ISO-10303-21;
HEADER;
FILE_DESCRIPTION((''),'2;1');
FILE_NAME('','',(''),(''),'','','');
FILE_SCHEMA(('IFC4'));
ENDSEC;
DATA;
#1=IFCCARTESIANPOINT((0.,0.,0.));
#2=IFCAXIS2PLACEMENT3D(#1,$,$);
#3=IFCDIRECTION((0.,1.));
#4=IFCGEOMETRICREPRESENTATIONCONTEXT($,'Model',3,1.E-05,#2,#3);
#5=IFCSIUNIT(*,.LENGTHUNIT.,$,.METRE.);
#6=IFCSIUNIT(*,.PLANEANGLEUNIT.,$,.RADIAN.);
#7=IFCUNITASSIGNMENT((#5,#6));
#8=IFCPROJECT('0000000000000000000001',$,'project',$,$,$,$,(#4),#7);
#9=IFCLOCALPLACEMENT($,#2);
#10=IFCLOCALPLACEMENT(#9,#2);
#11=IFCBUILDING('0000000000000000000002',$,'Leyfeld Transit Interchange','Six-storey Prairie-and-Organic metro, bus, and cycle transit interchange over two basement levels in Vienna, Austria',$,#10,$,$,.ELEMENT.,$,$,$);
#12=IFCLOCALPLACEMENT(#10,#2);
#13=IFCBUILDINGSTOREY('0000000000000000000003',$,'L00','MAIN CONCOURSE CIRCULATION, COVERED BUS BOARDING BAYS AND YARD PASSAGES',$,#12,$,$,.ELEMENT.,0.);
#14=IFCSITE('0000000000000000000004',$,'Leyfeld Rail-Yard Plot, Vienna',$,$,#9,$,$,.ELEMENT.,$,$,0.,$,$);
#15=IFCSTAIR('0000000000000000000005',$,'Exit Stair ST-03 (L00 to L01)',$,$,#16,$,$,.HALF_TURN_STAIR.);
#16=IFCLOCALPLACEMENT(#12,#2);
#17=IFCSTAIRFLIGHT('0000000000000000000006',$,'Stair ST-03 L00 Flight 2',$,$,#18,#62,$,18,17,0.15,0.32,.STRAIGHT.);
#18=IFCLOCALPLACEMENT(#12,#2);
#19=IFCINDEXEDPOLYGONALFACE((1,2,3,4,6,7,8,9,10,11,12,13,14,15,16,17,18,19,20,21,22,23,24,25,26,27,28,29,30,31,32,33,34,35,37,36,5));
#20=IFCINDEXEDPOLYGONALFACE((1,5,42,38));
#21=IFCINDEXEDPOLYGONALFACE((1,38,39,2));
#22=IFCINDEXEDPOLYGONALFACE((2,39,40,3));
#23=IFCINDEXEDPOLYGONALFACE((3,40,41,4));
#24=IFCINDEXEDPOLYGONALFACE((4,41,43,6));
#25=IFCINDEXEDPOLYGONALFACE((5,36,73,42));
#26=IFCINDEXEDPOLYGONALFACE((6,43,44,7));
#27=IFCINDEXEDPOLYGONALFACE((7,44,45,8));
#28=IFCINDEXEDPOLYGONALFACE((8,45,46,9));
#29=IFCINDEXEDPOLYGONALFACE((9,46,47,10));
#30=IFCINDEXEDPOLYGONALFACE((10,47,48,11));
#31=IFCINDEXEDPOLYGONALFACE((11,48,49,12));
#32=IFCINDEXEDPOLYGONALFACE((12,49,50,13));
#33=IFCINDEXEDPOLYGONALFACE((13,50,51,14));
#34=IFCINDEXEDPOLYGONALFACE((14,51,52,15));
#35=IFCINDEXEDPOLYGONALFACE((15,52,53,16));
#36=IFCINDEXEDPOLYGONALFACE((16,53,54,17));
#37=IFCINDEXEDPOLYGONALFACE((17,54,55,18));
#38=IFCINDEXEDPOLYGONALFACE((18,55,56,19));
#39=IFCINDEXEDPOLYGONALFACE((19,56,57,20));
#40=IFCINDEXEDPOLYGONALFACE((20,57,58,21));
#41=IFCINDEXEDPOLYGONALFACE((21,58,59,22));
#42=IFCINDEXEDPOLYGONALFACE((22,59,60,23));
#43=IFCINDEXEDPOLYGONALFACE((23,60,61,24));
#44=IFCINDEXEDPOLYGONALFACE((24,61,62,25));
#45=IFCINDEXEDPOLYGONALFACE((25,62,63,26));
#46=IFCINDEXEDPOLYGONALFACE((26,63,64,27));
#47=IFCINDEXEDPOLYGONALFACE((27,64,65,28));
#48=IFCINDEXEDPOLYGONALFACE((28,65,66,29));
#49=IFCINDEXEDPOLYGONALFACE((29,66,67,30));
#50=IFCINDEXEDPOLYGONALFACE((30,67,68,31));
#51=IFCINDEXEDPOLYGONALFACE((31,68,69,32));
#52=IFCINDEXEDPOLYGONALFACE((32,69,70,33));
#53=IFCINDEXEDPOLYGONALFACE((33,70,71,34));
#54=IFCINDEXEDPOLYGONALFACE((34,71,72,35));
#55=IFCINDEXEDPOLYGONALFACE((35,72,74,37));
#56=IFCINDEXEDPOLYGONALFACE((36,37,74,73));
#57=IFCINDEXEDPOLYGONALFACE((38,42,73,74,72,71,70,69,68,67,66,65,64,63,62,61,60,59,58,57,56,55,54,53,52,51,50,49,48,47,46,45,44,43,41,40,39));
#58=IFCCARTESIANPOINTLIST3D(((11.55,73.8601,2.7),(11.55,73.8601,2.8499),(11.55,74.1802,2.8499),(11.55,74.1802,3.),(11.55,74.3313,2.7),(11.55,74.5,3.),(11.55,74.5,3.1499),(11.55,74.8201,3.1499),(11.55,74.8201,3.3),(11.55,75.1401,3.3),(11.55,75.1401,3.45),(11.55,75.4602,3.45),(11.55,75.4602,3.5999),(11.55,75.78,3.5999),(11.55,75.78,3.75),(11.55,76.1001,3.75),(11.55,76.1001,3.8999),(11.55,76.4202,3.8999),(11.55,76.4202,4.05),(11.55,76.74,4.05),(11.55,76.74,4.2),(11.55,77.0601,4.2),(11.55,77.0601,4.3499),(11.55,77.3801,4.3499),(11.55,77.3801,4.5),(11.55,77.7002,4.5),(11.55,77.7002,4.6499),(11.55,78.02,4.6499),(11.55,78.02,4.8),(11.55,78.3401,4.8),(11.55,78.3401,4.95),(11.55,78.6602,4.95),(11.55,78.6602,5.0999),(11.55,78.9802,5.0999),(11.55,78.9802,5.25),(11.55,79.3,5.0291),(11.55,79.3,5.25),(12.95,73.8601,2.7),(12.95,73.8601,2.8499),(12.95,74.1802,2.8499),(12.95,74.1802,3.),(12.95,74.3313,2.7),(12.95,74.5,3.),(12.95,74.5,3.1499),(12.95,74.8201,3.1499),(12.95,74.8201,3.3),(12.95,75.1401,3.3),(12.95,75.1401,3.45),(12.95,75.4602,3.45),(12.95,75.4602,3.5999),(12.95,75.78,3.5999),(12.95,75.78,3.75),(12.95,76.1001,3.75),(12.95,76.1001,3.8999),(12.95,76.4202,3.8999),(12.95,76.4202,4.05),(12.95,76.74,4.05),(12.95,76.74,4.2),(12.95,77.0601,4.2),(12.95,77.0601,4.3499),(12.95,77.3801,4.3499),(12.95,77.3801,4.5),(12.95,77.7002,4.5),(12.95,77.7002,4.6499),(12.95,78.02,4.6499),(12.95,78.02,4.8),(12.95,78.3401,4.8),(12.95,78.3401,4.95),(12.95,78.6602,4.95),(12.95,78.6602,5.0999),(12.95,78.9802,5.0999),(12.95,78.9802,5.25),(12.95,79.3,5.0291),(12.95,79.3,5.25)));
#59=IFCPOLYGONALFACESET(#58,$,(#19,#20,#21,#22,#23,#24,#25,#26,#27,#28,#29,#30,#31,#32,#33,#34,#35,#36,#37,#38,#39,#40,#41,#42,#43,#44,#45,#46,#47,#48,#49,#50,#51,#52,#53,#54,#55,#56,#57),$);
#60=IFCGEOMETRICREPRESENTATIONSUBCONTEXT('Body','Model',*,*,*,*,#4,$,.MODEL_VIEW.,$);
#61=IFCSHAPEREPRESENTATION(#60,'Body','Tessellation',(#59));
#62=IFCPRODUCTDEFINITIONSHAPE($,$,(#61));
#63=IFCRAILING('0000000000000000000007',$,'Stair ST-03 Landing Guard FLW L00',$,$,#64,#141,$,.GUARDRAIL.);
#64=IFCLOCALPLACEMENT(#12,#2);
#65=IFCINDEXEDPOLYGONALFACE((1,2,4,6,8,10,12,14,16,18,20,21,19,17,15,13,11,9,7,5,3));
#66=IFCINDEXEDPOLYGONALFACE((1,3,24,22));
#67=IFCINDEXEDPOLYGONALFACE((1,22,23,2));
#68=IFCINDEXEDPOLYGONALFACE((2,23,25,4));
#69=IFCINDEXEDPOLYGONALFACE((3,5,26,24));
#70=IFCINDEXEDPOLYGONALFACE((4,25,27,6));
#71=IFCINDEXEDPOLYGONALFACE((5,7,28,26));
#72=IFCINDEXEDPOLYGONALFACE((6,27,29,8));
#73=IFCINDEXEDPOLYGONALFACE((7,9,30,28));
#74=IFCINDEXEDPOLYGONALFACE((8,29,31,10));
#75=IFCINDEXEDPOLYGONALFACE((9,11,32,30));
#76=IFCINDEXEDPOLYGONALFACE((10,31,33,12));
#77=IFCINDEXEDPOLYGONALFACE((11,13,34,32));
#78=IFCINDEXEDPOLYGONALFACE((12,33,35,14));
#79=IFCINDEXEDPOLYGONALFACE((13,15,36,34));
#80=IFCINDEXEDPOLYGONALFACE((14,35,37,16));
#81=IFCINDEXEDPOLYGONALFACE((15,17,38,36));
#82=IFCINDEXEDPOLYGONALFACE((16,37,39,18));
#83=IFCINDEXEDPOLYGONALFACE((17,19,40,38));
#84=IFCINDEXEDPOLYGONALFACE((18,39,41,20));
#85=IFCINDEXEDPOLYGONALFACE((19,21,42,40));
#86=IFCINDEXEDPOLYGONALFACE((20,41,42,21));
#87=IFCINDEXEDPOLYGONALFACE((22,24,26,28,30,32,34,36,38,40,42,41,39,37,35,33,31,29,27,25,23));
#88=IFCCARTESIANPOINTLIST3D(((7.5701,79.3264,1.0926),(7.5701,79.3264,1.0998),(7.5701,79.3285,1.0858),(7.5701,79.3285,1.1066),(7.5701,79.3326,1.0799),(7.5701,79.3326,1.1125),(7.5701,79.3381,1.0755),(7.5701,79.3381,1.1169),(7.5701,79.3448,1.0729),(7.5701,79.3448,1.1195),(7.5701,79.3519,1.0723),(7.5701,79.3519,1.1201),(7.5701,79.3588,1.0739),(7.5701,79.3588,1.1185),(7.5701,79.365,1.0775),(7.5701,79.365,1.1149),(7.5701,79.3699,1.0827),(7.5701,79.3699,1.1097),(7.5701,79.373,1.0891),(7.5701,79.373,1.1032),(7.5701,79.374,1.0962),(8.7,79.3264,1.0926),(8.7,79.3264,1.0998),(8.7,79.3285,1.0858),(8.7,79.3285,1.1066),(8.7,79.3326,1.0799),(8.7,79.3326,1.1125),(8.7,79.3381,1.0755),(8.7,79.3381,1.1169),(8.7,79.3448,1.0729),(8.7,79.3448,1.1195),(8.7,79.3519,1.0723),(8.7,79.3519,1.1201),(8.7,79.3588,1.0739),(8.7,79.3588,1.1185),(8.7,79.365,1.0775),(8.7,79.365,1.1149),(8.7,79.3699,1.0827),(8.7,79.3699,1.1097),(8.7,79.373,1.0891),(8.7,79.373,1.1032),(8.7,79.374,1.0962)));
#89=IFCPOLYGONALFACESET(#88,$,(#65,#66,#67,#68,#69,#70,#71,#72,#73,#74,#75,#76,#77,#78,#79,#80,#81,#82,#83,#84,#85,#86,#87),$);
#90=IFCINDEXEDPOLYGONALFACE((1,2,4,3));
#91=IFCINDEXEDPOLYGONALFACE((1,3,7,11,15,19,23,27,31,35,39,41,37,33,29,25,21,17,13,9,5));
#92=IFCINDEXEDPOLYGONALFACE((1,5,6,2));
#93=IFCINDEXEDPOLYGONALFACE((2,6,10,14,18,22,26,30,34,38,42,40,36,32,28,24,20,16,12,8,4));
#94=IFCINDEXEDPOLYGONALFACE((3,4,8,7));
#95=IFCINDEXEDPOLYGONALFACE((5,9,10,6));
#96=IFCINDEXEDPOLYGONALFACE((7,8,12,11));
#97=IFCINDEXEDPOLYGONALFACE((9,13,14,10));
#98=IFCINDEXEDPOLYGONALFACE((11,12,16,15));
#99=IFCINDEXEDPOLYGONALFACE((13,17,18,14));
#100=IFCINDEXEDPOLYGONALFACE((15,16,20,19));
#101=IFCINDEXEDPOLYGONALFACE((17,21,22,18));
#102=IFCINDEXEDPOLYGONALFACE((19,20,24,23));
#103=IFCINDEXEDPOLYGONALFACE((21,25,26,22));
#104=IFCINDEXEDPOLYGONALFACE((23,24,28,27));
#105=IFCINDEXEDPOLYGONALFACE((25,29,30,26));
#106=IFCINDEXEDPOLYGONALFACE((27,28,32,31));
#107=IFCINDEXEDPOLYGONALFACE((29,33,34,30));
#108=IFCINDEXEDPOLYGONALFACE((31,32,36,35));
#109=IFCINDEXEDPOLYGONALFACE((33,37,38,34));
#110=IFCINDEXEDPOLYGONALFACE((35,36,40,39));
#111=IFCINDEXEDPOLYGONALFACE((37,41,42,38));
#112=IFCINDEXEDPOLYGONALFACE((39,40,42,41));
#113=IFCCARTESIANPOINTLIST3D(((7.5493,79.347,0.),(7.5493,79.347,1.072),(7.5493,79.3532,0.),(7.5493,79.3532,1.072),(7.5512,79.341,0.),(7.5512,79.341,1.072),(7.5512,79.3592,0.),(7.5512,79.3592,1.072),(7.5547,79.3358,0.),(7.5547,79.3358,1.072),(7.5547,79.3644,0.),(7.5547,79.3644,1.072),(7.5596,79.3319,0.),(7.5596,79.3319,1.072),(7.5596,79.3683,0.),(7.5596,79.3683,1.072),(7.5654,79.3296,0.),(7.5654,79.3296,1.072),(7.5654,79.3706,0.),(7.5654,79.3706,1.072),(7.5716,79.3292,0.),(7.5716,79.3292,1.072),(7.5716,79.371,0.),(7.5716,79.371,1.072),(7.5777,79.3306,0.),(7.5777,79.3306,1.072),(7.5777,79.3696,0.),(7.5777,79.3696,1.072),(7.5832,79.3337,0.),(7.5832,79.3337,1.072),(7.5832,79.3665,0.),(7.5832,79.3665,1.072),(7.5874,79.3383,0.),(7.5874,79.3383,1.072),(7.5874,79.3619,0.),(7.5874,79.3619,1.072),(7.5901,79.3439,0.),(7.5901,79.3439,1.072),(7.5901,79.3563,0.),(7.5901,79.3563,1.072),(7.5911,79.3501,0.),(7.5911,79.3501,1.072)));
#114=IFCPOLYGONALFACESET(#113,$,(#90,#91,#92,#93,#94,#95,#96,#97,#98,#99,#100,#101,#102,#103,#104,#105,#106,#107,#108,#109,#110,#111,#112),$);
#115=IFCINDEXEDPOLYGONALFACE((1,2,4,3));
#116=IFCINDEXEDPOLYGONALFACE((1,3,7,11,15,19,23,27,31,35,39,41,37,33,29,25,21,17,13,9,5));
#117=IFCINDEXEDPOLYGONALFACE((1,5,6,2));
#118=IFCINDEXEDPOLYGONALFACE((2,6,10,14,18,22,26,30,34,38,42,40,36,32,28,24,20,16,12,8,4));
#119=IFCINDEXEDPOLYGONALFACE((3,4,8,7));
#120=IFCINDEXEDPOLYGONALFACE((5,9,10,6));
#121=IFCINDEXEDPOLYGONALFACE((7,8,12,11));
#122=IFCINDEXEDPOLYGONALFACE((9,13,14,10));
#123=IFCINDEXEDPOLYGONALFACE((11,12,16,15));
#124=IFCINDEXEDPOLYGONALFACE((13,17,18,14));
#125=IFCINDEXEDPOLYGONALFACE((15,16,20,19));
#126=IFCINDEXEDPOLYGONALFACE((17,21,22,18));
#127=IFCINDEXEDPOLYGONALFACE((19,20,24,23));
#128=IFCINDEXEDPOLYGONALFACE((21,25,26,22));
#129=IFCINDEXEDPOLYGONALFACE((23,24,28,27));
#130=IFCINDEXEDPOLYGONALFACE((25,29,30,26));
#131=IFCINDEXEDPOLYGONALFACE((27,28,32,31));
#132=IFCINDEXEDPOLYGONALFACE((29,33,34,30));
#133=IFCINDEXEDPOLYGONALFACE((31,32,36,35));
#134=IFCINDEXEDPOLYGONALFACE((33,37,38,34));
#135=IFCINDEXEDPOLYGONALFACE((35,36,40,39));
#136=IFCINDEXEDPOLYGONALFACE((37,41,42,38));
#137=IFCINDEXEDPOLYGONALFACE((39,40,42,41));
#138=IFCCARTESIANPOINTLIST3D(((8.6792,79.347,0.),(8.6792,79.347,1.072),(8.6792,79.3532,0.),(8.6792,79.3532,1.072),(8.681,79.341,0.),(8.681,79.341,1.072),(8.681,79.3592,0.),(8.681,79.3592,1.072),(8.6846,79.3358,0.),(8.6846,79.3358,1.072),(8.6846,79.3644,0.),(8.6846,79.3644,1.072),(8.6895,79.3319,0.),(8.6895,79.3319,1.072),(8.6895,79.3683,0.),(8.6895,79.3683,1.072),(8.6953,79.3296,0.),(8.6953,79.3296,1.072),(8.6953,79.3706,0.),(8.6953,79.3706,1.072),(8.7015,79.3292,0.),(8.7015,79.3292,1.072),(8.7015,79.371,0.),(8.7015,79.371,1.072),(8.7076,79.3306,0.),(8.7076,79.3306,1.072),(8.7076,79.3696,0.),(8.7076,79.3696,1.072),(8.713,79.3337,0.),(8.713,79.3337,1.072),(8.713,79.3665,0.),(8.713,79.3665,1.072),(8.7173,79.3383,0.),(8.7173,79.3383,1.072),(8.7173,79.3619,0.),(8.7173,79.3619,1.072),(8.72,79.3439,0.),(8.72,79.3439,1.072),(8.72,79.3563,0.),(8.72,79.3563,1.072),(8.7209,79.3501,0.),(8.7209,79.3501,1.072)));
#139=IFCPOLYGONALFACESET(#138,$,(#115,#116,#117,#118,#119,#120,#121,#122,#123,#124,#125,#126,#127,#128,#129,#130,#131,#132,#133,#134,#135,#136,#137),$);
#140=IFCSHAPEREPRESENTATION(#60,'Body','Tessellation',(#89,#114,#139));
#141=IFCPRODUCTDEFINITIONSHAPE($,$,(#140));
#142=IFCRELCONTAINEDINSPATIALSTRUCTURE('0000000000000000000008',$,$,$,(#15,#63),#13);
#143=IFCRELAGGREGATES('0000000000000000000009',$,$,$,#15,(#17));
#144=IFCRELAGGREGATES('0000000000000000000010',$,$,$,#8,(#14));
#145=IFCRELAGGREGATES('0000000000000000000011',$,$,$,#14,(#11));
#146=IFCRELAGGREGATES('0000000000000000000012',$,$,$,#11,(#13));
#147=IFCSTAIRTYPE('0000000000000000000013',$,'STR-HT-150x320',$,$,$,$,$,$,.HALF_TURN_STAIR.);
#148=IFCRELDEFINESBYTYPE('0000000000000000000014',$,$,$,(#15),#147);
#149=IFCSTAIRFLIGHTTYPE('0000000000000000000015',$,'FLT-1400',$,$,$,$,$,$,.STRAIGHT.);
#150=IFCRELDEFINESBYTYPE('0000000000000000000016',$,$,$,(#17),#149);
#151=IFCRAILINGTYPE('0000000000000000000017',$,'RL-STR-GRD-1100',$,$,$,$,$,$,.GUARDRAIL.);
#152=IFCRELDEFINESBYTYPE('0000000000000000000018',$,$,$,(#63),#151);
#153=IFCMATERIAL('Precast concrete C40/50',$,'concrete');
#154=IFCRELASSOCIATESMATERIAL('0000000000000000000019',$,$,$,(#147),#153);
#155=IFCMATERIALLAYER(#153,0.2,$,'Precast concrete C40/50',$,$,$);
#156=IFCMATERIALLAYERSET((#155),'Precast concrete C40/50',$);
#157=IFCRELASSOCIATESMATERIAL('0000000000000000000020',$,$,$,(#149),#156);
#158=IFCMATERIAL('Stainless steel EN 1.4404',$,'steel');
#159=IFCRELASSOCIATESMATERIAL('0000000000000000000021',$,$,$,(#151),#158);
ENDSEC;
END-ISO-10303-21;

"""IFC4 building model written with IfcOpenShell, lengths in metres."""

from ifc_helpers import new_model, si_unit, direction, frame, origin, origin_2d, place, context, subcontext, project, spatial, polyline, circle, outline, extrude, material, layer, layer_set, type_object, element, aggregate, save


model = new_model("IFC4")

# Units and contexts
model_context = context("Model", 3, precision=1e-05, world=origin(), true_north=direction((0.0, 1.0)))
body_context = subcontext(model_context, "Body", "Model", "MODEL_VIEW")
ifc_project = project(units=[si_unit("LENGTHUNIT", "METRE"), si_unit("PLANEANGLEUNIT", "RADIAN")], contexts=[model_context])

# Site, building, storey
site_placement = place(None, origin())
site = spatial("IfcSite", under=ifc_project, at=site_placement, Name="Leyfeld Rail-Yard Plot, Vienna", CompositionType="ELEMENT", RefElevation=0.0)
building_placement = place(site_placement, origin())
building = spatial("IfcBuilding", under=site, at=building_placement, Name="Leyfeld Transit Interchange", Description="Six-storey Prairie-and-Organic metro, bus, and cycle transit interchange over two basement levels in Vienna, Austria", CompositionType="ELEMENT")
storey_placement = place(building_placement, origin())
storey = spatial("IfcBuildingStorey", under=building, at=storey_placement, Name="L00", Description="MAIN CONCOURSE CIRCULATION, COVERED BUS BOARDING BAYS AND YARD PASSAGES", CompositionType="ELEMENT", Elevation=0.0)

# Stair, stair flight
ifc_material_1 = material(Name="Precast concrete C40/50", Category="concrete")
stair_type = type_object("IfcStairType", Name="STR-HT-150x320", PredefinedType="HALF_TURN_STAIR", material=ifc_material_1)
stair_placement = place(storey_placement, origin())
stair = element("IfcStair", 1, at=stair_placement, inside=storey, type_object=stair_type, Name="Exit Stair ST-03 (L00 to L01)", PredefinedType="HALF_TURN_STAIR")
ifc_layer_1 = layer(ifc_material_1, 0.2, Name="Precast concrete C40/50")
ifc_layer_set_1 = layer_set([ifc_layer_1], Name="Precast concrete C40/50")
stair_flight_type = type_object("IfcStairFlightType", Name="FLT-1400", PredefinedType="STRAIGHT", material=ifc_layer_set_1)
stair_flight_1_placement = place(storey_placement, frame((12.25, 73.8601, 2.7), z_axis=(0.0, 0.0, 1.0), x_axis=(0.0, 1.0, 0.0)))
stair_flight_1 = element("IfcStairFlight", 2, at=stair_flight_1_placement, type_object=stair_flight_type, Name="Stair ST-03 L00 Flight 2", NumberOfRisers=18, NumberOfTreads=17, PredefinedType="STRAIGHT", RiserHeight=0.15, TreadLength=0.32, context=body_context, shape_type="SweptSolid", body=[
    extrude(outline(polyline([(0.0, 0.0), (0.0, 0.1499), (0.3201, 0.1499), (0.3201, 0.3), (0.6399, 0.3), (0.6399, 0.45), (0.96, 0.45), (0.96, 0.6001), (1.28, 0.6001), (1.28, 0.75), (1.6001, 0.75), (1.6001, 0.8999), (1.9199, 0.8999), (1.9199, 1.05), (2.24, 1.05), (2.24, 1.2), (2.5601, 1.2), (2.5601, 1.3501), (2.8799, 1.3501), (2.8799, 1.5), (3.2, 1.5), (3.2, 1.6499), (3.52, 1.6499), (3.52, 1.8), (3.8401, 1.8), (3.8401, 1.95), (4.1599, 1.95), (4.1599, 2.1001), (4.48, 2.1001), (4.48, 2.25), (4.8, 2.25), (4.8, 2.3999), (5.1201, 2.3999), (5.1201, 2.55), (5.4399, 2.55), (5.4399, 2.7), (5.4399, 2.3291), (0.4712, 0.0), (0.0, 0.0)])), frame((0.0, 0.7, 0.0), z_axis=(0.0, -1.0, 0.0), x_axis=(1.0, 0.0, 0.0)), (0.0, 0.0, 1.0), 1.3999),
])
aggregate(stair, [stair_flight_1])

# Railing
ifc_material_2 = material(Name="Stainless steel EN 1.4404", Category="steel")
railing_type_1 = type_object("IfcRailingType", Name="RL-STR-GRD-1100", PredefinedType="GUARDRAIL", material=ifc_material_2)
railing_1_placement = place(storey_placement, frame((7.5701, 79.3501, 0.0)))
element("IfcRailing", 3, at=railing_1_placement, inside=storey, type_object=railing_type_1, Name="Stair ST-03 Landing Guard FLW L00", PredefinedType="GUARDRAIL", context=body_context, shape_type="SweptSolid", body=[
    extrude(circle(Radius=0.0239, at=origin_2d()), frame((0.0, 0.0, 1.0962), z_axis=(1.0, 0.0, 0.0), x_axis=(0.0, 1.0, 0.0)), (0.0, 0.0, 1.0), 1.1299),
    extrude(circle(Radius=0.021, at=origin_2d()), origin(), (0.0, 0.0, 1.0), 1.072),
    extrude(circle(Radius=0.021, at=origin_2d()), frame((1.1299, 0.0, 0.0)), (0.0, 0.0, 1.0), 1.072),
])

save(model, "model.ifc")
